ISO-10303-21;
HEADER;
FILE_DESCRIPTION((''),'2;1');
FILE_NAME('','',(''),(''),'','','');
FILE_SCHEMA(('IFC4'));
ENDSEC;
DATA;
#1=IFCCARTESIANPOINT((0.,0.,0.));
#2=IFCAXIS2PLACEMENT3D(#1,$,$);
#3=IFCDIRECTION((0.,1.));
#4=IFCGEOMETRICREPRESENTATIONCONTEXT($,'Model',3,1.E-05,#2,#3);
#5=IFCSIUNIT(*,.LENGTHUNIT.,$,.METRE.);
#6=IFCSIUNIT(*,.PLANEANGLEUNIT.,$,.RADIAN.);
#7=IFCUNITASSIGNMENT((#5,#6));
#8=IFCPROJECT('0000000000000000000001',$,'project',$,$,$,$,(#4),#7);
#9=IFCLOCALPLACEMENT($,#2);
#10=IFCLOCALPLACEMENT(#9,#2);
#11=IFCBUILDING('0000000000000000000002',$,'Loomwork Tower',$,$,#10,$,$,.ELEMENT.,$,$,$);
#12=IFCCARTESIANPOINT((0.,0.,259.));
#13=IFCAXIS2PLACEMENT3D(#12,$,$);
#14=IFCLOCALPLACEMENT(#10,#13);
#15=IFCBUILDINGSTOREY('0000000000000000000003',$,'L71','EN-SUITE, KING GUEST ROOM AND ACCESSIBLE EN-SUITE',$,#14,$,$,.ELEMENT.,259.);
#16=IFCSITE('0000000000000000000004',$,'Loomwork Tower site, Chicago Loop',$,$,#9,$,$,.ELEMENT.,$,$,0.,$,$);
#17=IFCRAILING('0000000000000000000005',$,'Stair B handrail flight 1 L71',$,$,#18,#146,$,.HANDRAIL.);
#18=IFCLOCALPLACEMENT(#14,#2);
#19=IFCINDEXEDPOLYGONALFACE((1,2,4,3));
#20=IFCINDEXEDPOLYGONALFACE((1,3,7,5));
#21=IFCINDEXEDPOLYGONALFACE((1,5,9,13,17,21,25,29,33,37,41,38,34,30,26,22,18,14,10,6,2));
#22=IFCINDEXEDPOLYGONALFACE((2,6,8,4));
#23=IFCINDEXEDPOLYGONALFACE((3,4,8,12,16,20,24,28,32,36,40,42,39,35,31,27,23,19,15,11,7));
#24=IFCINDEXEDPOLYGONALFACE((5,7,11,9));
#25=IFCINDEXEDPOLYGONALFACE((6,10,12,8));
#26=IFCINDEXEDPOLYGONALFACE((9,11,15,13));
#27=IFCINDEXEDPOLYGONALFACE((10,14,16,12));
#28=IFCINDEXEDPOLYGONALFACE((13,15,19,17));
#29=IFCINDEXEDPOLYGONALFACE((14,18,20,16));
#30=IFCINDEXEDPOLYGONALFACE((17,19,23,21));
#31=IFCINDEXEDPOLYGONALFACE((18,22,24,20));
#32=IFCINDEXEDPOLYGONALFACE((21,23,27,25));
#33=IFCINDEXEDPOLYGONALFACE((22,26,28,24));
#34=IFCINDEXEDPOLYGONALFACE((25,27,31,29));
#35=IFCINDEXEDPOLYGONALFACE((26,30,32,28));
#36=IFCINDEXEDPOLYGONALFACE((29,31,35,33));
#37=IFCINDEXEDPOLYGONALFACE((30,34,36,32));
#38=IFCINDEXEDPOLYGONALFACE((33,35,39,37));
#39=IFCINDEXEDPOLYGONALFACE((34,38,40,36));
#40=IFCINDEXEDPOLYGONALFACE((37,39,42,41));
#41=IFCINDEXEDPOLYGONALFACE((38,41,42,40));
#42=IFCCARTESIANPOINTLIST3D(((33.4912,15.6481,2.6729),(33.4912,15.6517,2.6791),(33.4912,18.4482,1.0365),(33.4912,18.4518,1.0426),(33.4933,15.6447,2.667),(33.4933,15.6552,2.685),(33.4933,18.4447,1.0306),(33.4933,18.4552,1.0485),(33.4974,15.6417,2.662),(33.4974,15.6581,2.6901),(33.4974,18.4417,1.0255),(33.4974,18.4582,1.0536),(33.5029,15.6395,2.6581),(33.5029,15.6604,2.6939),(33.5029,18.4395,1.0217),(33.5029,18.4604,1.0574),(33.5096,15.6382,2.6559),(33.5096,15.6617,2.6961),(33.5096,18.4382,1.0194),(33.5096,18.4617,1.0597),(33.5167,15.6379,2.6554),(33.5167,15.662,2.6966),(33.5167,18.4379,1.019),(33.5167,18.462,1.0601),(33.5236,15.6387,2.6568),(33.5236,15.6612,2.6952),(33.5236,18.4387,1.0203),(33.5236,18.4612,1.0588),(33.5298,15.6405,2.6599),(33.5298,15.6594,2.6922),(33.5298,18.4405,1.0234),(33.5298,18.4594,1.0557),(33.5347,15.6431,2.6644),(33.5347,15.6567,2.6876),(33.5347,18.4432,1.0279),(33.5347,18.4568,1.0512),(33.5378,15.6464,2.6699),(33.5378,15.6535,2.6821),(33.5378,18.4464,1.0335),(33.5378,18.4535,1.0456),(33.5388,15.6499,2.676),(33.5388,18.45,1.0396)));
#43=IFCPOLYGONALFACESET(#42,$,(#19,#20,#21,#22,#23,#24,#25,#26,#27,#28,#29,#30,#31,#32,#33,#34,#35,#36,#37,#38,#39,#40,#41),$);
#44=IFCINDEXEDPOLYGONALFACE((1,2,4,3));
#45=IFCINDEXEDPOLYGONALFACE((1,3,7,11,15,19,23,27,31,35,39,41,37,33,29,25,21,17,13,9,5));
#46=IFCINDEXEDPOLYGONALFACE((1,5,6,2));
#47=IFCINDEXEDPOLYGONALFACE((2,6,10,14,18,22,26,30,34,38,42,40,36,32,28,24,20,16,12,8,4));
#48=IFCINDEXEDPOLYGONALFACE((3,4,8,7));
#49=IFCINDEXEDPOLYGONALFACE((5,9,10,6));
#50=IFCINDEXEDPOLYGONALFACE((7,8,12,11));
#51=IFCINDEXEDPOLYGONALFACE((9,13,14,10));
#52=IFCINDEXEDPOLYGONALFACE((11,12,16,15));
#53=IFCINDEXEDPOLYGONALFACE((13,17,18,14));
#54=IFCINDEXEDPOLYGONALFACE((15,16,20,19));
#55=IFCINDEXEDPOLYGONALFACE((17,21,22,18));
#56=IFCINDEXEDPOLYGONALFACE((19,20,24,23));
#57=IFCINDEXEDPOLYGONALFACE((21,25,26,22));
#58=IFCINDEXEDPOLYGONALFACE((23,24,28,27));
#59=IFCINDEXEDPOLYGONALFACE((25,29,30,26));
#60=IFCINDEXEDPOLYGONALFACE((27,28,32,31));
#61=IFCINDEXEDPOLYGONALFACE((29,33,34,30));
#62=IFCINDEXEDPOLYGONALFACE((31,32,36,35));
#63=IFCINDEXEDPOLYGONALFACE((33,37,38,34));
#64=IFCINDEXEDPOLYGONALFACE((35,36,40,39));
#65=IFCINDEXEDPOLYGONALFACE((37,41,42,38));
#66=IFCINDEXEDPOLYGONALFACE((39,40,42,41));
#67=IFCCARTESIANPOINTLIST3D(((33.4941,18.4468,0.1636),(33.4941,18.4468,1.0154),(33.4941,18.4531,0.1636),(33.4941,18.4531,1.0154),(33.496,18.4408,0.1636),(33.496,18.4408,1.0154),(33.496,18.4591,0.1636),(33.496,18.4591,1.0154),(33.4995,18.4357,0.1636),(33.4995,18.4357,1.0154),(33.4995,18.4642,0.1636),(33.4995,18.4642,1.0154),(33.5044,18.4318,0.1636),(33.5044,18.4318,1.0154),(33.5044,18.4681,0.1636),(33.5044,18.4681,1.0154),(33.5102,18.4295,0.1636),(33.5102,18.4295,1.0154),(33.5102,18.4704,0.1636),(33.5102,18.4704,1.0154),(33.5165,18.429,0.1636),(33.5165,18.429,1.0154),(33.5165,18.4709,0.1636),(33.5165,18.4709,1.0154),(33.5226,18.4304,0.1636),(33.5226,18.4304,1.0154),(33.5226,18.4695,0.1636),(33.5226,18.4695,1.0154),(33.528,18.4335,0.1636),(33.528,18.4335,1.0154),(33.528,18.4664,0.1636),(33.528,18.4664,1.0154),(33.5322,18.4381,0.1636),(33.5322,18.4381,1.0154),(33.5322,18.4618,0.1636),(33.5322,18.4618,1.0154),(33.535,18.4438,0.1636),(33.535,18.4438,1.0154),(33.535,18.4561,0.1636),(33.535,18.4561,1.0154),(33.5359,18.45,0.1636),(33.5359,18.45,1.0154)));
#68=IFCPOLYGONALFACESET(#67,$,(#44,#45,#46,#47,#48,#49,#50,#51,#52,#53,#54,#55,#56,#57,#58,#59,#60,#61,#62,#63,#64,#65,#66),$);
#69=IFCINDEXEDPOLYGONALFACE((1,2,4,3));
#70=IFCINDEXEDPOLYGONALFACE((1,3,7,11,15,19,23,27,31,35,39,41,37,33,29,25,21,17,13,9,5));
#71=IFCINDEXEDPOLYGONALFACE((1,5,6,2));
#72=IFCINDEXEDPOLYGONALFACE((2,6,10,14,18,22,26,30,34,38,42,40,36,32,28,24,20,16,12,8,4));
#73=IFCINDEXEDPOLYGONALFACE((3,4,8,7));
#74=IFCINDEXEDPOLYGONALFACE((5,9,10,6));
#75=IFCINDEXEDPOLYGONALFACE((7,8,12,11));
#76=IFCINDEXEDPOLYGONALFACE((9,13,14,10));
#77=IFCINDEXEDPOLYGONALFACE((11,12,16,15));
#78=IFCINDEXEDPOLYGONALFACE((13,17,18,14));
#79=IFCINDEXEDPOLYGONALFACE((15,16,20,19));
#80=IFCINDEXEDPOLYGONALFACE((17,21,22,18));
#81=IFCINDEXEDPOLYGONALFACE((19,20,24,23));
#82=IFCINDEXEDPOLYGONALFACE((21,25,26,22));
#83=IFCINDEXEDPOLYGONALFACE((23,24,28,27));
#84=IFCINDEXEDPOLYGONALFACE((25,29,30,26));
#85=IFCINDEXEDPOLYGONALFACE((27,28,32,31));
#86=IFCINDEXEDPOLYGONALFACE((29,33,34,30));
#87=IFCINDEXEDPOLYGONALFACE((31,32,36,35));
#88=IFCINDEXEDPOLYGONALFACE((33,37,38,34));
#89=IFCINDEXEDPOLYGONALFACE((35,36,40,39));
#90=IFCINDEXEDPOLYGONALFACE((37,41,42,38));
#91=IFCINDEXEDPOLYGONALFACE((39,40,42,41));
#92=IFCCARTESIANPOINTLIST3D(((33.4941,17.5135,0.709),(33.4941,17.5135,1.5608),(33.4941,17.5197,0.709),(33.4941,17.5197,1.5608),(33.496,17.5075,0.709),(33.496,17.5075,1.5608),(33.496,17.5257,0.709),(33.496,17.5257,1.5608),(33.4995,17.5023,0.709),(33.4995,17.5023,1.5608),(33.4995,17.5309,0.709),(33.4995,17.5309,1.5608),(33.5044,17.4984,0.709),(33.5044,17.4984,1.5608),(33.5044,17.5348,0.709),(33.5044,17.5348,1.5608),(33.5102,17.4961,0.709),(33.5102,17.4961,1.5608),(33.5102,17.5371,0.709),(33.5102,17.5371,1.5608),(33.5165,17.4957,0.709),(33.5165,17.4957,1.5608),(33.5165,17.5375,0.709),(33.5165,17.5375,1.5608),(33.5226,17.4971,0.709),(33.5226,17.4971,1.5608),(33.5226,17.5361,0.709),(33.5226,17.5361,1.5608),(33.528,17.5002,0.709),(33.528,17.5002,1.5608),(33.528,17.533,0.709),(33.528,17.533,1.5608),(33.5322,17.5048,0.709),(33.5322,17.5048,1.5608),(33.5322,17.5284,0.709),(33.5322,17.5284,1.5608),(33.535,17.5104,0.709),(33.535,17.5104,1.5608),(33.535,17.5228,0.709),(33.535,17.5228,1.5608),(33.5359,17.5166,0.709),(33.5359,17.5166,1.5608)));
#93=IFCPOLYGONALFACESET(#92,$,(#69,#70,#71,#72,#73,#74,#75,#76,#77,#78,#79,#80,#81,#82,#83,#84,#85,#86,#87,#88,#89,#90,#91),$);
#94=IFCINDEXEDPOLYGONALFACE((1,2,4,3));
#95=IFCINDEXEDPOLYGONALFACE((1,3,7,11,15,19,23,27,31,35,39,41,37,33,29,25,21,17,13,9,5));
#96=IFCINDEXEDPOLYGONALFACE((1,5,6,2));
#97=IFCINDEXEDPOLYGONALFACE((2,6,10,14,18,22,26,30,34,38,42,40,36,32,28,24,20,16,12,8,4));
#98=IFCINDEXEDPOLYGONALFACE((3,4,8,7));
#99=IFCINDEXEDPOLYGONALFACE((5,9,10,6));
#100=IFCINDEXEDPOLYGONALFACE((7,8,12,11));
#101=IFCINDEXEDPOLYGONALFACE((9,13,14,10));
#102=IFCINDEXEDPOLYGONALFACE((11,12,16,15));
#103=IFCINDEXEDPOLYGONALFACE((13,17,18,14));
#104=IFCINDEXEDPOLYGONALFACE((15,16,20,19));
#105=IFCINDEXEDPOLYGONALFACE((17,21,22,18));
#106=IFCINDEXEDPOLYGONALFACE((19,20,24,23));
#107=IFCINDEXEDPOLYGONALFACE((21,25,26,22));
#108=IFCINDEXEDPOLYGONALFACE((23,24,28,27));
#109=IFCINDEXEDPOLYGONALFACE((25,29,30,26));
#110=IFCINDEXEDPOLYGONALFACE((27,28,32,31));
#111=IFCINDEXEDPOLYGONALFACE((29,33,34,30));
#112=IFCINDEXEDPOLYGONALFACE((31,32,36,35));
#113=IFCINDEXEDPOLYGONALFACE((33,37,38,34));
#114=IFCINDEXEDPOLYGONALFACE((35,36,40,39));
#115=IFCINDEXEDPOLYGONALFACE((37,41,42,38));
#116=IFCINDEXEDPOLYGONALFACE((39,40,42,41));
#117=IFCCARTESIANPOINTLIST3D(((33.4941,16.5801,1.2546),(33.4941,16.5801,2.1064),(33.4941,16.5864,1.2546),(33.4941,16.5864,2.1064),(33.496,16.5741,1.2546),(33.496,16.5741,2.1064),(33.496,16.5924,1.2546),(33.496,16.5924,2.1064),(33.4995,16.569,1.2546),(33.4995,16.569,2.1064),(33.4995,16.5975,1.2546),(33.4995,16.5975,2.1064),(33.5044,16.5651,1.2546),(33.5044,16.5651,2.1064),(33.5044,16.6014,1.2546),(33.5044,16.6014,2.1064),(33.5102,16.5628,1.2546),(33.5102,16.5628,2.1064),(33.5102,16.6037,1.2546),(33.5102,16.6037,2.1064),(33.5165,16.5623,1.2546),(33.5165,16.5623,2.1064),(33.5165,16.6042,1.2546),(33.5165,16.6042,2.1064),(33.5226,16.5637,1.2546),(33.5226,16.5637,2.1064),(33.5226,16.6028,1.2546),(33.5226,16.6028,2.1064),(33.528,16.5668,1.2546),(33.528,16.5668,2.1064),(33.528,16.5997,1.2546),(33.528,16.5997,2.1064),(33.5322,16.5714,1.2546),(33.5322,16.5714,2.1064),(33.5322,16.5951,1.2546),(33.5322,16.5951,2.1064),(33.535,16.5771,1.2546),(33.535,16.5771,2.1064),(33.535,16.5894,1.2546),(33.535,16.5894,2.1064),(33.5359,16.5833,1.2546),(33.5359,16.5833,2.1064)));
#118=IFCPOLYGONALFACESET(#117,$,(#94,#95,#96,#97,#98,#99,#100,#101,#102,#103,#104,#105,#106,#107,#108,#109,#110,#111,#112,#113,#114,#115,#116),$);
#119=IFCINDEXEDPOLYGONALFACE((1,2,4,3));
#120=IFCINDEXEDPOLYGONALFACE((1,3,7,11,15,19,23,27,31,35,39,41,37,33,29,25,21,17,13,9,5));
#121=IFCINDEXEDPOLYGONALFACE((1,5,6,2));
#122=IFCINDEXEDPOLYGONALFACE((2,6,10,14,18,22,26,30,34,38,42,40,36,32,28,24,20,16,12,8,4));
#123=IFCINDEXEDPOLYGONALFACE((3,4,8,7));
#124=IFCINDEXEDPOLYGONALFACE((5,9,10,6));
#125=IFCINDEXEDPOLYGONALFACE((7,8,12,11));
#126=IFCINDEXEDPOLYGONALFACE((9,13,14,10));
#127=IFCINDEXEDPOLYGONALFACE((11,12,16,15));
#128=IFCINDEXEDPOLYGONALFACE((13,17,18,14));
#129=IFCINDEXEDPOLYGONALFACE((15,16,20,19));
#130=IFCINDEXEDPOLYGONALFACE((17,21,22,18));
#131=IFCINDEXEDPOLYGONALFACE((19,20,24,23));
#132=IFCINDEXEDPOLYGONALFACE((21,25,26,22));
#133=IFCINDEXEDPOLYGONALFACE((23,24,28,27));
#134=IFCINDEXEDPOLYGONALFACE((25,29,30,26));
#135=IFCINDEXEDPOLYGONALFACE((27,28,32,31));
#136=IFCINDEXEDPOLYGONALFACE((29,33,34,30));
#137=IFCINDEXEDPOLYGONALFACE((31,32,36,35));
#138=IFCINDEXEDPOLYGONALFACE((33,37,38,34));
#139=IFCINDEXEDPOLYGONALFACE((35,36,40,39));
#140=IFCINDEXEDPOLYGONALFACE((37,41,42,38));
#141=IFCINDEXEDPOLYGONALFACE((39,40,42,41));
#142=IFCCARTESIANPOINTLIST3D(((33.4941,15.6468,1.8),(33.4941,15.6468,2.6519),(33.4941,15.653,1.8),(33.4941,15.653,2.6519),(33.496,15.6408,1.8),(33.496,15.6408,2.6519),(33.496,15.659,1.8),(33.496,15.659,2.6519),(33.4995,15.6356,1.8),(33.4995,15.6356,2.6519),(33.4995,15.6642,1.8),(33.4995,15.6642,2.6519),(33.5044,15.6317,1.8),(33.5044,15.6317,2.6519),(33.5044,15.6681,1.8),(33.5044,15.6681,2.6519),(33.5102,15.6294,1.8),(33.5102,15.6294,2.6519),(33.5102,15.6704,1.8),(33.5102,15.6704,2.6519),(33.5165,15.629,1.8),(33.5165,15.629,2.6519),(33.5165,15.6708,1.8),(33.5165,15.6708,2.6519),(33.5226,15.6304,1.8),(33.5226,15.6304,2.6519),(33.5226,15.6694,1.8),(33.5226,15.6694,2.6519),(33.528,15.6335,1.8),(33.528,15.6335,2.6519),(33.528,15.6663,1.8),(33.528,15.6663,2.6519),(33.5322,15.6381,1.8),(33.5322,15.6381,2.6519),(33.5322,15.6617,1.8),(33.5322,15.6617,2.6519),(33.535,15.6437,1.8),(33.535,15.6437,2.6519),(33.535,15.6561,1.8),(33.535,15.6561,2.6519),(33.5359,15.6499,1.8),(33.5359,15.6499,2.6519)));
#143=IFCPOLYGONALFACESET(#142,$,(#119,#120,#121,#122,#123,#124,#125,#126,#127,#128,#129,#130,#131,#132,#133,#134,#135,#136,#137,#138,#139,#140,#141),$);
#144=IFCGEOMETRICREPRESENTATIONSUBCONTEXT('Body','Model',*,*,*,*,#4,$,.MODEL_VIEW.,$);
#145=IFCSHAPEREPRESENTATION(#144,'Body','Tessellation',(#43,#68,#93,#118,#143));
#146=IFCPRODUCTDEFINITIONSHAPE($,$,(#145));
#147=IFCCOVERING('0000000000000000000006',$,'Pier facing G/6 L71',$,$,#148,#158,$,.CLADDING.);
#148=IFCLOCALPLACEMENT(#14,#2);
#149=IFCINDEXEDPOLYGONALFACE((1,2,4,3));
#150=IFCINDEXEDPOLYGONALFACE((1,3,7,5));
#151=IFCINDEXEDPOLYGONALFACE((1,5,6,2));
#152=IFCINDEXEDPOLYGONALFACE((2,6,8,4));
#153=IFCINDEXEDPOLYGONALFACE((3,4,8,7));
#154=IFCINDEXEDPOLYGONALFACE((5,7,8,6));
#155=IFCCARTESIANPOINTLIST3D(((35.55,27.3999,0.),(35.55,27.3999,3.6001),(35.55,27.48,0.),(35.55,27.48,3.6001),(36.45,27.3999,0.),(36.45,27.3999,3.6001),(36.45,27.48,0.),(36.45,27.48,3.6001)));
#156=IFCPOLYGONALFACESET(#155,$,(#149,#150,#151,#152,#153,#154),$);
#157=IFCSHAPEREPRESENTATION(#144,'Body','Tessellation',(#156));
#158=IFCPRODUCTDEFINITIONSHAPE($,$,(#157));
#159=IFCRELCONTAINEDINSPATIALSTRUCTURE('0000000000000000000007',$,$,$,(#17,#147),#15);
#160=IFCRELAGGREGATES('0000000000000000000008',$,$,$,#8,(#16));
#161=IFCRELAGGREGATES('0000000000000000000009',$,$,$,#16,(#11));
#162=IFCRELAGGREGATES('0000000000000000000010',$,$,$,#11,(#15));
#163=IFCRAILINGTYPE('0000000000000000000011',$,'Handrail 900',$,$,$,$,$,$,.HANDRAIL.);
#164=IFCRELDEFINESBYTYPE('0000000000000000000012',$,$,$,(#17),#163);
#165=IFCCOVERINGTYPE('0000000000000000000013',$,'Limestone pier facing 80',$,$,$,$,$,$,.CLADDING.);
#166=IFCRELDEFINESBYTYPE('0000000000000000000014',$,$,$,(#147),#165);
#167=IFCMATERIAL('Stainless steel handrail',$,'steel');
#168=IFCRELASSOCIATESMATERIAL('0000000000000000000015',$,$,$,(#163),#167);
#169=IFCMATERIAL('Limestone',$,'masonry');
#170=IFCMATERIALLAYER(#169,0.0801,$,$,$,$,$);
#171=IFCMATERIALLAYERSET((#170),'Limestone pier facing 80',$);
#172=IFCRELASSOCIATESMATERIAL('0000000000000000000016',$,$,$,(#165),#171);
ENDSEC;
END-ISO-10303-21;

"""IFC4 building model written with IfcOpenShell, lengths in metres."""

from ifc_helpers import new_model, si_unit, direction, frame, origin, origin_2d, place, context, subcontext, project, spatial, rectangle, circle, extrude, material, layer, layer_set, type_object, element, save


model = new_model("IFC4")

# Units and contexts
model_context = context("Model", 3, precision=1e-05, world=origin(), true_north=direction((0.0, 1.0)))
body_context = subcontext(model_context, "Body", "Model", "MODEL_VIEW")
ifc_project = project(units=[si_unit("LENGTHUNIT", "METRE"), si_unit("PLANEANGLEUNIT", "RADIAN")], contexts=[model_context])

# Site, building, storey
site_placement = place(None, origin())
site = spatial("IfcSite", under=ifc_project, at=site_placement, Name="Loomwork Tower site, Chicago Loop", CompositionType="ELEMENT", RefElevation=0.0)
building_placement = place(site_placement, origin())
building = spatial("IfcBuilding", under=site, at=building_placement, Name="Loomwork Tower", CompositionType="ELEMENT")
storey_placement = place(building_placement, frame((0.0, 0.0, 259.0)))
storey = spatial("IfcBuildingStorey", under=building, at=storey_placement, Name="L71", Description="EN-SUITE, KING GUEST ROOM AND ACCESSIBLE EN-SUITE", CompositionType="ELEMENT", Elevation=259.0)

# Railing
ifc_material_1 = material(Name="Stainless steel handrail", Category="steel")
railing_type = type_object("IfcRailingType", Name="Handrail 900", PredefinedType="HANDRAIL", material=ifc_material_1)
railing_placement = place(storey_placement, frame((33.5149, 18.45, 0.1636)))
element("IfcRailing", 1, at=railing_placement, inside=storey, type_object=railing_type, Name="Stair B handrail flight 1 L71", PredefinedType="HANDRAIL", context=body_context, shape_type="SweptSolid", body=[
    extrude(circle(Radius=0.0239, at=origin_2d()), frame((0.0, 0.0, 0.876), z_axis=(0.0, -0.863361, 0.504587), x_axis=(1.0, 0.0, 0.0)), (0.0, 0.0, 1.0), 3.2432),
    extrude(circle(Radius=0.021, at=origin_2d()), origin(), (0.0, 0.0, 1.0), 0.8518),
    extrude(circle(Radius=0.021, at=origin_2d()), frame((0.0, -0.9333, 0.5454)), (0.0, 0.0, 1.0), 0.8518),
    extrude(circle(Radius=0.021, at=origin_2d()), frame((0.0, -1.8667, 1.0911)), (0.0, 0.0, 1.0), 0.8518),
    extrude(circle(Radius=0.021, at=origin_2d()), frame((0.0, -2.8, 1.6365)), (0.0, 0.0, 1.0), 0.8518),
])

# Covering
ifc_material_2 = material(Name="Limestone", Category="masonry")
ifc_layer_1 = layer(ifc_material_2, 0.0801)
ifc_layer_set_1 = layer_set([ifc_layer_1], Name="Limestone pier facing 80")
covering_type = type_object("IfcCoveringType", Name="Limestone pier facing 80", PredefinedType="CLADDING", material=ifc_layer_set_1)
covering_placement = place(storey_placement, frame((36.0, 27.4399, 0.0), z_axis=(0.0, 0.0, 1.0), x_axis=(1.0, 0.0, 0.0)))
element("IfcCovering", 2, at=covering_placement, inside=storey, type_object=covering_type, Name="Pier facing G/6 L71", PredefinedType="CLADDING", context=body_context, shape_type="SweptSolid", body=[
    extrude(rectangle(XDim=0.8999, YDim=0.0801, at=origin_2d()), origin(), (0.0, 0.0, 1.0), 3.6001),
])

save(model, "model.ifc")
